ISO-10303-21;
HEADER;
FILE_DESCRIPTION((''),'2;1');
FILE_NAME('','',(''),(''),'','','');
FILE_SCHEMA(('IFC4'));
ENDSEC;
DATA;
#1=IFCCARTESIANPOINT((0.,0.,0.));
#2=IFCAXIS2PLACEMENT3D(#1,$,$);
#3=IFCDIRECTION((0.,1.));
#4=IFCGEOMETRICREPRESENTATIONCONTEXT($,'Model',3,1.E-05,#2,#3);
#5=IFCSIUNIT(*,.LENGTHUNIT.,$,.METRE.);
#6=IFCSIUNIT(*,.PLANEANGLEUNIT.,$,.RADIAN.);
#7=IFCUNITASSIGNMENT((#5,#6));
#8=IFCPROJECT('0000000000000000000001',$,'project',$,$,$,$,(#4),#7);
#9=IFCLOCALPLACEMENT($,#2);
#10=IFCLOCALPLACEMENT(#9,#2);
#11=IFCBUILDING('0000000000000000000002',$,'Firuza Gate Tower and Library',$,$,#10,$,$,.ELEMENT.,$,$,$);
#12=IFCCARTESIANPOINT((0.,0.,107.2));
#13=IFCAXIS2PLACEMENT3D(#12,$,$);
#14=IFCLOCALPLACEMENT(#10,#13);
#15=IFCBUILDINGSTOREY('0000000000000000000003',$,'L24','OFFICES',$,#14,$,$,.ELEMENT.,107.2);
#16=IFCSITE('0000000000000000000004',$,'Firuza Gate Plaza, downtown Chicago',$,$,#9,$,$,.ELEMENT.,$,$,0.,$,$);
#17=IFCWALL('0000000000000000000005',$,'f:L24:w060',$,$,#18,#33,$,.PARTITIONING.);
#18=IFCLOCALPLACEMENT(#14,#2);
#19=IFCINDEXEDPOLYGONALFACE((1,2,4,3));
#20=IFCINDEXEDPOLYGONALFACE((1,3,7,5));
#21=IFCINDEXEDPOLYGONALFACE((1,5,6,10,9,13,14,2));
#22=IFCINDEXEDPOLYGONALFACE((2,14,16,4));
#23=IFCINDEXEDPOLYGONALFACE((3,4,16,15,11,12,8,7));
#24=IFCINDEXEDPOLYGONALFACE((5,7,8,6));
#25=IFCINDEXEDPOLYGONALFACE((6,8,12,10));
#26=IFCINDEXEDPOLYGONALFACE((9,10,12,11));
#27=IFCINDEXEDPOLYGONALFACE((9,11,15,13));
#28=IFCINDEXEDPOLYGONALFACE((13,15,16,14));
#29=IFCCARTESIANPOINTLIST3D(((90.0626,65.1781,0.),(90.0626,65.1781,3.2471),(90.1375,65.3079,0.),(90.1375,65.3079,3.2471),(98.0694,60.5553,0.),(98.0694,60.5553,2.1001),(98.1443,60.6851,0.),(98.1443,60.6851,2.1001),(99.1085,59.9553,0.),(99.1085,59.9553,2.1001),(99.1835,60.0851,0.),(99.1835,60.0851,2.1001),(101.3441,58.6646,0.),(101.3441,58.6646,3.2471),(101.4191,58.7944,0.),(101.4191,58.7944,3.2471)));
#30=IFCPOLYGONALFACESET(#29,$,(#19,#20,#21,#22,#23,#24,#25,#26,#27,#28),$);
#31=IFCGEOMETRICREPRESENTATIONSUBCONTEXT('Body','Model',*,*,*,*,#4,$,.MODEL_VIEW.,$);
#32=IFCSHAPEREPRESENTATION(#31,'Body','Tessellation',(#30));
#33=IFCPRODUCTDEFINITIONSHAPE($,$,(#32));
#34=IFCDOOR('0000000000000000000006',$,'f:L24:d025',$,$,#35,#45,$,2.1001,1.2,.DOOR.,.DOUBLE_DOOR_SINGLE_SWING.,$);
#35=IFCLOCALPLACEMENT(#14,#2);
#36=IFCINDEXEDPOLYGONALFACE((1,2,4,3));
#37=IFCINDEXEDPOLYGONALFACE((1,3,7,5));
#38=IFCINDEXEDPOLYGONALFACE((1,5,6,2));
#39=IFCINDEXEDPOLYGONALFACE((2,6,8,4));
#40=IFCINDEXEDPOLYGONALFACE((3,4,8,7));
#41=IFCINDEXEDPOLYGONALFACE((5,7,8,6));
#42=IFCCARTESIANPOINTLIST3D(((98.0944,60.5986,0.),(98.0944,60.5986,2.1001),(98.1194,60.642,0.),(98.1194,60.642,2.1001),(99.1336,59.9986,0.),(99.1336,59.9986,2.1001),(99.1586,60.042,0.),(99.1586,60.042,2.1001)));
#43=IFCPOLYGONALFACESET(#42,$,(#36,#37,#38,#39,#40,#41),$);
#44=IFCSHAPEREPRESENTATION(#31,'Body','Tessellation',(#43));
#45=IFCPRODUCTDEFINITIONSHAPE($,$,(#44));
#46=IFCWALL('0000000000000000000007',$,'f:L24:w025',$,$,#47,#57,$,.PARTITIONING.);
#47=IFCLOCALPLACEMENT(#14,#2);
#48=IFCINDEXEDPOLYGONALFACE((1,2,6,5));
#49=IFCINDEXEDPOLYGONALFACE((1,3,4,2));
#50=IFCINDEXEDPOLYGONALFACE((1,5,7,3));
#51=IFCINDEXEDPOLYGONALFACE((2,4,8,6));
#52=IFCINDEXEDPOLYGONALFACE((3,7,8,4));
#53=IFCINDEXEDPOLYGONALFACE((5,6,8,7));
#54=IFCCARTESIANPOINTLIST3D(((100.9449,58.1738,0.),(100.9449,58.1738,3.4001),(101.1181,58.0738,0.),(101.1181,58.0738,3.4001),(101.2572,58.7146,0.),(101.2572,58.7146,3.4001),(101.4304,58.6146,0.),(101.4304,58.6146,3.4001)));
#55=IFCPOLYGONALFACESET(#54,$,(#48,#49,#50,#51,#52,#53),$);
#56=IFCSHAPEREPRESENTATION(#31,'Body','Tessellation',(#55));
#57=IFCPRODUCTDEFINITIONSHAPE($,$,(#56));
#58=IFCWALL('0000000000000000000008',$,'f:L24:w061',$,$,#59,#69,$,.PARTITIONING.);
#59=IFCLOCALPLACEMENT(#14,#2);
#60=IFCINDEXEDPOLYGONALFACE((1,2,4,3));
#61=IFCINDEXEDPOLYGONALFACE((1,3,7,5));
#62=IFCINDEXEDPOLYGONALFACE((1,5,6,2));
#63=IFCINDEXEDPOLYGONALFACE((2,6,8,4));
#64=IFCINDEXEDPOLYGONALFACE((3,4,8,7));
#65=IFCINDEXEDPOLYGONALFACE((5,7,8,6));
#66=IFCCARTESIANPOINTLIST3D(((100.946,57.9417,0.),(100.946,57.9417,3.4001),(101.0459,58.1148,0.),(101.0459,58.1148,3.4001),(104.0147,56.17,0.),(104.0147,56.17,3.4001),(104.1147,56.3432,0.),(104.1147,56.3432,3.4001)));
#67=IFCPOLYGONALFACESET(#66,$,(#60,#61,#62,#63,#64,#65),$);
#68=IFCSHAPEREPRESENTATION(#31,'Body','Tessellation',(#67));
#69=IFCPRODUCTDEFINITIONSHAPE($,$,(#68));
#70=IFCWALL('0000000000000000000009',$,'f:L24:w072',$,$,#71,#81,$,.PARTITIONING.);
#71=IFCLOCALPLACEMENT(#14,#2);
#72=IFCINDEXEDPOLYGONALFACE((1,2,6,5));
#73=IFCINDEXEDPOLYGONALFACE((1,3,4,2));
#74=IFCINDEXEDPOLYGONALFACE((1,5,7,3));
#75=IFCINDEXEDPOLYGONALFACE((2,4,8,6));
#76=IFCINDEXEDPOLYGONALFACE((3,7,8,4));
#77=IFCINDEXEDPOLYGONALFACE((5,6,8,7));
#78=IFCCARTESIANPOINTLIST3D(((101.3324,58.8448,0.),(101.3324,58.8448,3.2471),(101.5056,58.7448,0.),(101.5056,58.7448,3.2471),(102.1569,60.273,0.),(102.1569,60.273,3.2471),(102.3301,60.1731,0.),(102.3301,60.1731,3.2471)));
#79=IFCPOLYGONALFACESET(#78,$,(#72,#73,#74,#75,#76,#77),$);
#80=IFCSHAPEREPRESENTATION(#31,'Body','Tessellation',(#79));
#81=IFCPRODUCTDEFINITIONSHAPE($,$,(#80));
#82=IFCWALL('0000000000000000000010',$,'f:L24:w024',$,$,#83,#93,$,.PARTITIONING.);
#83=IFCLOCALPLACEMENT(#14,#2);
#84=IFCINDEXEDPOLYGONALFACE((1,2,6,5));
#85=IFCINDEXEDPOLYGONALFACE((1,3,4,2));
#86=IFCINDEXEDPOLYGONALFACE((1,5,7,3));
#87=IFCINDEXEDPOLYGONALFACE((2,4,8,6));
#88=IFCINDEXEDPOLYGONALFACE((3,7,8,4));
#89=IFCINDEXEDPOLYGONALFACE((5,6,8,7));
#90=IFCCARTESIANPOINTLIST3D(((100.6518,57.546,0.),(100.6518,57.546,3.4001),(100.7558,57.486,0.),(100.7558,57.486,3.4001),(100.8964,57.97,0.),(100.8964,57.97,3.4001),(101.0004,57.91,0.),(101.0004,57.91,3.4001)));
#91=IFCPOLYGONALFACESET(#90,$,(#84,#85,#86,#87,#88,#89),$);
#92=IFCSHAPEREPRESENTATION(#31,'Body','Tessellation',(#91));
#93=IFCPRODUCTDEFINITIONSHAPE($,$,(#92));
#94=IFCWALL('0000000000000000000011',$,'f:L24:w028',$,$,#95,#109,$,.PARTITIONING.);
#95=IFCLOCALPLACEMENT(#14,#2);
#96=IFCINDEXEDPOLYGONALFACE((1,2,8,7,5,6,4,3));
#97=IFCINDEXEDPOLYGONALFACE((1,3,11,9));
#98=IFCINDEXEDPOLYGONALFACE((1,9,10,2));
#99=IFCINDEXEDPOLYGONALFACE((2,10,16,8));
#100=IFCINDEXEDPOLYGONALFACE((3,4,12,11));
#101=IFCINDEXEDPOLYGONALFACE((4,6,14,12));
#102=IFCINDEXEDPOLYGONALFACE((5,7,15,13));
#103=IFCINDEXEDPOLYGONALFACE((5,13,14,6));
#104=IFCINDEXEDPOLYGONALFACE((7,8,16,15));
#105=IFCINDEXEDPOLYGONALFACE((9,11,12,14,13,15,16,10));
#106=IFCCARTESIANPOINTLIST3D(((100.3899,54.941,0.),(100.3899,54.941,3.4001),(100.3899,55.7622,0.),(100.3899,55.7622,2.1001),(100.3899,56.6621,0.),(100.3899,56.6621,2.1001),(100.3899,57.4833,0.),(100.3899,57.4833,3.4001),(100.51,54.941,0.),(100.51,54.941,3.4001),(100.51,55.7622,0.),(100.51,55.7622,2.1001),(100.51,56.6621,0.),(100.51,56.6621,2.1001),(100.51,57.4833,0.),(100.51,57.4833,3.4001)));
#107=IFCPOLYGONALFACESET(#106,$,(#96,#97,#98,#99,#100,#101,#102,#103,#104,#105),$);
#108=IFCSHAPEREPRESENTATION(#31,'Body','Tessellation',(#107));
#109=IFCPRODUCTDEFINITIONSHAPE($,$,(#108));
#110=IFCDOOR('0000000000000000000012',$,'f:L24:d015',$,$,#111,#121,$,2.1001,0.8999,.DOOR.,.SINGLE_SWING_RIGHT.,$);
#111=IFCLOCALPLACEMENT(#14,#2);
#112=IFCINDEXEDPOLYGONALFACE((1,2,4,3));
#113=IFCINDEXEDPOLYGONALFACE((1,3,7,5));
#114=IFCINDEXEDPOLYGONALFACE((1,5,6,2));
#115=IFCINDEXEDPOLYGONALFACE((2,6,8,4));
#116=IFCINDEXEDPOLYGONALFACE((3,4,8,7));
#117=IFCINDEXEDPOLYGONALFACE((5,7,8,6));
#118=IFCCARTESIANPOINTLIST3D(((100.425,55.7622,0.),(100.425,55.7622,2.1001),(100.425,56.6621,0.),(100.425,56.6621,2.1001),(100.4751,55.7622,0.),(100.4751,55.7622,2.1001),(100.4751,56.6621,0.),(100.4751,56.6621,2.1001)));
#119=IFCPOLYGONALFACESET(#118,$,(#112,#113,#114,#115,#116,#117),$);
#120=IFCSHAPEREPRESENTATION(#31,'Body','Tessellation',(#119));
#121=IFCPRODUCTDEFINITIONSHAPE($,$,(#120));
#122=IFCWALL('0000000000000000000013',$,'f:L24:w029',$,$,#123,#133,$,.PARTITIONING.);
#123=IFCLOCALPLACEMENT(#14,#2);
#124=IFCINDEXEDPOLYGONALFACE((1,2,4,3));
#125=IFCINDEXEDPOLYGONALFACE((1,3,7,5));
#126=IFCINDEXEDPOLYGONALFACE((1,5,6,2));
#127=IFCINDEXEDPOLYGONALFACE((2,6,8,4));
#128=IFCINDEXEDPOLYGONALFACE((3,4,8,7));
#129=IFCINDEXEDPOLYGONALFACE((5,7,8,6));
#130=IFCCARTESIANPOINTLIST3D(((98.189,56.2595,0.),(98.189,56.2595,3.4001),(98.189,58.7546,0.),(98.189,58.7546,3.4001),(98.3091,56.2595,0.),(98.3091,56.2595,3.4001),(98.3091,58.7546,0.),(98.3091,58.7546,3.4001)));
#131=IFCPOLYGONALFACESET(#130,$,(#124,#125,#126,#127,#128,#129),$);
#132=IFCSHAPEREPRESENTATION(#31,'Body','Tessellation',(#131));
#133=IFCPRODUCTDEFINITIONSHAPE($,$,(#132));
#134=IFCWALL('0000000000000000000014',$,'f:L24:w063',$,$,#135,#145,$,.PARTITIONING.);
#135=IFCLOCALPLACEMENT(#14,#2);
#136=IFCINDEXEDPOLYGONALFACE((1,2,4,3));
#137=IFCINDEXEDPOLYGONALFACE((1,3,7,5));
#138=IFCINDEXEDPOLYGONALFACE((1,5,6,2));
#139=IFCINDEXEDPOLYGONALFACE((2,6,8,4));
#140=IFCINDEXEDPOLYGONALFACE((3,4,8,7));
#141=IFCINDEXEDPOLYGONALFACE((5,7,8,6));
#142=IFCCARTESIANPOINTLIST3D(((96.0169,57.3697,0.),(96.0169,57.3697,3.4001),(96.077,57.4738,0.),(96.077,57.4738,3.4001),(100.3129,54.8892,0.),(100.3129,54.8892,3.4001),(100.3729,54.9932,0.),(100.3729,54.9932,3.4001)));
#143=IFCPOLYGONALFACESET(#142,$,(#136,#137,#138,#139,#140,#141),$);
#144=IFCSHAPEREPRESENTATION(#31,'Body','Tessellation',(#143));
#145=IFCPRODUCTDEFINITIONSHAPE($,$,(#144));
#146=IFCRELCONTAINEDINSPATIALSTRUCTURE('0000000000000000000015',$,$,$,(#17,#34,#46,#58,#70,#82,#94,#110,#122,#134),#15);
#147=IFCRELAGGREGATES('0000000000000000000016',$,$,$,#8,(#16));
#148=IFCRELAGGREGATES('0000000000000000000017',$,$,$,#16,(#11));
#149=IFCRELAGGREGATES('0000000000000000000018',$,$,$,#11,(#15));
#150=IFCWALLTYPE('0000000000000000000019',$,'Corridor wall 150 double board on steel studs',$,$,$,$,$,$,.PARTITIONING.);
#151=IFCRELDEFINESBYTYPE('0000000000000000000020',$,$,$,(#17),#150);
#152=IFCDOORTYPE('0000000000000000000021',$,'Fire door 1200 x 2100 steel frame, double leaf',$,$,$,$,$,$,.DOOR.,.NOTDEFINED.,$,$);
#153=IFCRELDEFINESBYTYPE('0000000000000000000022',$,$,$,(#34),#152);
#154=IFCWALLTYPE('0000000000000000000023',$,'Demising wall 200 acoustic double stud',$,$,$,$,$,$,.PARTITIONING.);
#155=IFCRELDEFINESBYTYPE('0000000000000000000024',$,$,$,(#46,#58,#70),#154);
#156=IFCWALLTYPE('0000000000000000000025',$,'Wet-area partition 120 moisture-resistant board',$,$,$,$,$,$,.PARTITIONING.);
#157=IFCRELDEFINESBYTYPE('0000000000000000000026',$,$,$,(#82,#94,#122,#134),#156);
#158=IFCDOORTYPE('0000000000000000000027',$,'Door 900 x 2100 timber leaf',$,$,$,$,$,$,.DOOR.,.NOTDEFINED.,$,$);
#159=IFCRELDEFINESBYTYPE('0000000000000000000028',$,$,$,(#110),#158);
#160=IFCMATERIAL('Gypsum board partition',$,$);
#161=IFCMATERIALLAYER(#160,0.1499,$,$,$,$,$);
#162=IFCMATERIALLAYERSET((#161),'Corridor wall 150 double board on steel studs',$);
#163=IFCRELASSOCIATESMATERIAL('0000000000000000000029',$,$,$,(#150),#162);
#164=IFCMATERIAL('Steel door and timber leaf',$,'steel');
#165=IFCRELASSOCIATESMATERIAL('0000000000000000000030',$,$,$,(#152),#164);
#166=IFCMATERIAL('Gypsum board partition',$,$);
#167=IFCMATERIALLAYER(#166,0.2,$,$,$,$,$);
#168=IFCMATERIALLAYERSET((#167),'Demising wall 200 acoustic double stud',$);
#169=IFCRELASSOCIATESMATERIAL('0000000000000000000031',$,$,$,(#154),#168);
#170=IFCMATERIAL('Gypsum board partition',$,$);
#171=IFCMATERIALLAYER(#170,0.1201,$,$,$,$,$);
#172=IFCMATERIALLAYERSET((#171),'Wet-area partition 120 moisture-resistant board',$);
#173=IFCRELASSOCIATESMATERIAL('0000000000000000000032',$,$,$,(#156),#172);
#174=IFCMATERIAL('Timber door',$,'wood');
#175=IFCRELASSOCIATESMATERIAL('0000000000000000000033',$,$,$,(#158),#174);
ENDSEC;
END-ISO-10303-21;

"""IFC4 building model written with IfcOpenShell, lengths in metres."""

from ifc_helpers import new_model, si_unit, direction, frame, frame_2d, origin, place, context, subcontext, project, spatial, rectangle, extrude, material, layer, layer_set, type_object, element, fill, save


model = new_model("IFC4")

# Units and contexts
model_context = context("Model", 3, precision=1e-05, world=origin(), true_north=direction((0.0, 1.0)))
body_context = subcontext(model_context, "Body", "Model", "MODEL_VIEW")
ifc_project = project(units=[si_unit("LENGTHUNIT", "METRE"), si_unit("PLANEANGLEUNIT", "RADIAN")], contexts=[model_context])

# Site, building, storey
site_placement = place(None, origin())
site = spatial("IfcSite", under=ifc_project, at=site_placement, Name="Firuza Gate Plaza, downtown Chicago", CompositionType="ELEMENT", RefElevation=0.0)
building_placement = place(site_placement, origin())
building = spatial("IfcBuilding", under=site, at=building_placement, Name="Firuza Gate Tower and Library", CompositionType="ELEMENT")
storey_placement = place(building_placement, frame((0.0, 0.0, 107.2)))
storey = spatial("IfcBuildingStorey", under=building, at=storey_placement, Name="L24", Description="OFFICES", CompositionType="ELEMENT", Elevation=107.2)

# Wall, opening, door
ifc_material_1 = material(Name="Gypsum board partition")
ifc_layer_1 = layer(ifc_material_1, 0.1499)
ifc_layer_set_1 = layer_set([ifc_layer_1], Name="Corridor wall 150 double board on steel studs")
wall_type_1 = type_object("IfcWallType", Name="Corridor wall 150 double board on steel studs", PredefinedType="PARTITIONING", material=ifc_layer_set_1)
wall_1_placement = place(storey_placement, frame((101.3816, 58.7295, 0.0), z_axis=(0.0, 0.0, 1.0), x_axis=(-0.866024, 0.500003, 0.0)))
wall_1 = element("IfcWall", 1, at=wall_1_placement, inside=storey, type_object=wall_type_1, Name="f:L24:w060", PredefinedType="PARTITIONING", context=body_context, shape_type="SweptSolid", body=[
    extrude(rectangle(XDim=13.0269, YDim=0.1499, at=frame_2d((6.5134, 0.0))), origin(), (0.0, 0.0, 1.0), 3.2471),
])
opening_1_placement = place(wall_1_placement, frame((2.5813, 0.0, 0.0)))
opening_1 = element("IfcOpeningElement", 2, at=opening_1_placement, cuts=wall_1, PredefinedType="OPENING", context=body_context, shape_type="SweptSolid", body=[
    extrude(rectangle(XDim=1.2, YDim=2.1001, at=frame_2d((0.6001, 1.05))), frame((0.0, 0.085, 0.0), z_axis=(0.0, -1.0, 0.0), x_axis=(1.0, 0.0, 0.0)), (0.0, 0.0, 1.0), 0.1699),
])
ifc_material_2 = material(Name="Steel door and timber leaf", Category="steel")
door_type_1 = type_object("IfcDoorType", Name="Fire door 1200 x 2100 steel frame, double leaf", OperationType="NOTDEFINED", PredefinedType="DOOR", material=ifc_material_2)
door_1_placement = place(opening_1_placement, origin())
door_1 = element("IfcDoor", 3, at=door_1_placement, inside=storey, type_object=door_type_1, Name="f:L24:d025", OperationType="DOUBLE_DOOR_SINGLE_SWING", OverallHeight=2.1001, OverallWidth=1.2, PredefinedType="DOOR", context=body_context, shape_type="SweptSolid", body=[
    extrude(rectangle(XDim=1.2, YDim=2.1001, at=frame_2d((0.6001, 1.05))), frame((0.0, 0.0249, 0.0), z_axis=(0.0, -1.0, 0.0), x_axis=(1.0, 0.0, 0.0)), (0.0, 0.0, 1.0), 0.05),
])
fill(opening_1, door_1)

# Walls
ifc_material_3 = material(Name="Gypsum board partition")
ifc_layer_2 = layer(ifc_material_3, 0.2)
ifc_layer_set_2 = layer_set([ifc_layer_2], Name="Demising wall 200 acoustic double stud")
wall_type_2 = type_object("IfcWallType", Name="Demising wall 200 acoustic double stud", PredefinedType="PARTITIONING", material=ifc_layer_set_2)
wall_2_placement = place(storey_placement, frame((101.0315, 58.1238, 0.0), z_axis=(0.0, 0.0, 1.0), x_axis=(0.50005, 0.865997, 0.0)))
element("IfcWall", 4, at=wall_2_placement, inside=storey, type_object=wall_type_2, Name="f:L24:w025", PredefinedType="PARTITIONING", context=body_context, shape_type="SweptSolid", body=[
    extrude(rectangle(XDim=0.6245, YDim=0.2, at=frame_2d((0.3123, 0.0))), origin(), (0.0, 0.0, 1.0), 3.4001),
])
wall_3_placement = place(storey_placement, frame((104.0647, 56.2566, 0.0), z_axis=(0.0, 0.0, 1.0), x_axis=(-0.866034, 0.499985, 0.0)))
element("IfcWall", 5, at=wall_3_placement, inside=storey, type_object=wall_type_2, Name="f:L24:w061", PredefinedType="PARTITIONING", context=body_context, shape_type="SweptSolid", body=[
    extrude(rectangle(XDim=3.5435, YDim=0.2, at=frame_2d((1.7717, 0.0))), origin(), (0.0, 0.0, 1.0), 3.4001),
])
wall_4_placement = place(storey_placement, frame((101.4189, 58.7947, 0.0), z_axis=(0.0, 0.0, 1.0), x_axis=(0.499945, 0.866057, 0.0)))
element("IfcWall", 6, at=wall_4_placement, inside=storey, type_object=wall_type_2, Name="f:L24:w072", PredefinedType="PARTITIONING", context=body_context, shape_type="SweptSolid", body=[
    extrude(rectangle(XDim=1.6492, YDim=0.2, at=frame_2d((0.8247, 0.0))), origin(), (0.0, 0.0, 1.0), 3.2471),
])
ifc_material_4 = material(Name="Gypsum board partition")
ifc_layer_3 = layer(ifc_material_4, 0.1201)
ifc_layer_set_3 = layer_set([ifc_layer_3], Name="Wet-area partition 120 moisture-resistant board")
wall_type_3 = type_object("IfcWallType", Name="Wet-area partition 120 moisture-resistant board", PredefinedType="PARTITIONING", material=ifc_layer_set_3)
wall_5_placement = place(storey_placement, frame((100.7039, 57.5161, 0.0), z_axis=(0.0, 0.0, 1.0), x_axis=(0.499679, 0.86621, 0.0)))
element("IfcWall", 7, at=wall_5_placement, inside=storey, type_object=wall_type_3, Name="f:L24:w024", PredefinedType="PARTITIONING", context=body_context, shape_type="SweptSolid", body=[
    extrude(rectangle(XDim=0.4895, YDim=0.1201, at=frame_2d((0.2446, 0.0))), origin(), (0.0, 0.0, 1.0), 3.4001),
])

# Wall, opening, door
wall_6_placement = place(storey_placement, frame((100.45, 54.9412, 0.0), z_axis=(0.0, 0.0, 1.0), x_axis=(0.0, 1.0, 0.0)))
wall_6 = element("IfcWall", 8, at=wall_6_placement, inside=storey, type_object=wall_type_3, Name="f:L24:w028", PredefinedType="PARTITIONING", context=body_context, shape_type="SweptSolid", body=[
    extrude(rectangle(XDim=2.5422, YDim=0.1201, at=frame_2d((1.271, 0.0))), origin(), (0.0, 0.0, 1.0), 3.4001),
])
opening_2_placement = place(wall_6_placement, frame((0.821, 0.0, 0.0)))
opening_2 = element("IfcOpeningElement", 9, at=opening_2_placement, cuts=wall_6, PredefinedType="OPENING", context=body_context, shape_type="SweptSolid", body=[
    extrude(rectangle(XDim=0.8999, YDim=2.1001, at=frame_2d((0.45, 1.05))), frame((0.0, 0.0701, 0.0), z_axis=(0.0, -1.0, 0.0), x_axis=(1.0, 0.0, 0.0)), (0.0, 0.0, 1.0), 0.1401),
])
ifc_material_5 = material(Name="Timber door", Category="wood")
door_type_2 = type_object("IfcDoorType", Name="Door 900 x 2100 timber leaf", OperationType="NOTDEFINED", PredefinedType="DOOR", material=ifc_material_5)
door_2_placement = place(opening_2_placement, origin())
door_2 = element("IfcDoor", 10, at=door_2_placement, inside=storey, type_object=door_type_2, Name="f:L24:d015", OperationType="SINGLE_SWING_RIGHT", OverallHeight=2.1001, OverallWidth=0.8999, PredefinedType="DOOR", context=body_context, shape_type="SweptSolid", body=[
    extrude(rectangle(XDim=0.8999, YDim=2.1001, at=frame_2d((0.45, 1.05))), frame((0.0, 0.0249, 0.0), z_axis=(0.0, -1.0, 0.0), x_axis=(1.0, 0.0, 0.0)), (0.0, 0.0, 1.0), 0.05),
])
fill(opening_2, door_2)

# Walls
wall_7_placement = place(storey_placement, frame((98.249, 56.2595, 0.0), z_axis=(0.0, 0.0, 1.0), x_axis=(0.0, 1.0, 0.0)))
element("IfcWall", 11, at=wall_7_placement, inside=storey, type_object=wall_type_3, Name="f:L24:w029", PredefinedType="PARTITIONING", context=body_context, shape_type="SweptSolid", body=[
    extrude(rectangle(XDim=2.4951, YDim=0.1201, at=frame_2d((1.2476, 0.0))), origin(), (0.0, 0.0, 1.0), 3.4001),
])
wall_8_placement = place(storey_placement, frame((100.343, 54.9412, 0.0), z_axis=(0.0, 0.0, 1.0), x_axis=(-0.866005, 0.500035, 0.0)))
element("IfcWall", 12, at=wall_8_placement, inside=storey, type_object=wall_type_3, Name="f:L24:w063", PredefinedType="PARTITIONING", context=body_context, shape_type="SweptSolid", body=[
    extrude(rectangle(XDim=4.9607, YDim=0.1201, at=frame_2d((2.4805, 0.0))), origin(), (0.0, 0.0, 1.0), 3.4001),
])

save(model, "model.ifc")
